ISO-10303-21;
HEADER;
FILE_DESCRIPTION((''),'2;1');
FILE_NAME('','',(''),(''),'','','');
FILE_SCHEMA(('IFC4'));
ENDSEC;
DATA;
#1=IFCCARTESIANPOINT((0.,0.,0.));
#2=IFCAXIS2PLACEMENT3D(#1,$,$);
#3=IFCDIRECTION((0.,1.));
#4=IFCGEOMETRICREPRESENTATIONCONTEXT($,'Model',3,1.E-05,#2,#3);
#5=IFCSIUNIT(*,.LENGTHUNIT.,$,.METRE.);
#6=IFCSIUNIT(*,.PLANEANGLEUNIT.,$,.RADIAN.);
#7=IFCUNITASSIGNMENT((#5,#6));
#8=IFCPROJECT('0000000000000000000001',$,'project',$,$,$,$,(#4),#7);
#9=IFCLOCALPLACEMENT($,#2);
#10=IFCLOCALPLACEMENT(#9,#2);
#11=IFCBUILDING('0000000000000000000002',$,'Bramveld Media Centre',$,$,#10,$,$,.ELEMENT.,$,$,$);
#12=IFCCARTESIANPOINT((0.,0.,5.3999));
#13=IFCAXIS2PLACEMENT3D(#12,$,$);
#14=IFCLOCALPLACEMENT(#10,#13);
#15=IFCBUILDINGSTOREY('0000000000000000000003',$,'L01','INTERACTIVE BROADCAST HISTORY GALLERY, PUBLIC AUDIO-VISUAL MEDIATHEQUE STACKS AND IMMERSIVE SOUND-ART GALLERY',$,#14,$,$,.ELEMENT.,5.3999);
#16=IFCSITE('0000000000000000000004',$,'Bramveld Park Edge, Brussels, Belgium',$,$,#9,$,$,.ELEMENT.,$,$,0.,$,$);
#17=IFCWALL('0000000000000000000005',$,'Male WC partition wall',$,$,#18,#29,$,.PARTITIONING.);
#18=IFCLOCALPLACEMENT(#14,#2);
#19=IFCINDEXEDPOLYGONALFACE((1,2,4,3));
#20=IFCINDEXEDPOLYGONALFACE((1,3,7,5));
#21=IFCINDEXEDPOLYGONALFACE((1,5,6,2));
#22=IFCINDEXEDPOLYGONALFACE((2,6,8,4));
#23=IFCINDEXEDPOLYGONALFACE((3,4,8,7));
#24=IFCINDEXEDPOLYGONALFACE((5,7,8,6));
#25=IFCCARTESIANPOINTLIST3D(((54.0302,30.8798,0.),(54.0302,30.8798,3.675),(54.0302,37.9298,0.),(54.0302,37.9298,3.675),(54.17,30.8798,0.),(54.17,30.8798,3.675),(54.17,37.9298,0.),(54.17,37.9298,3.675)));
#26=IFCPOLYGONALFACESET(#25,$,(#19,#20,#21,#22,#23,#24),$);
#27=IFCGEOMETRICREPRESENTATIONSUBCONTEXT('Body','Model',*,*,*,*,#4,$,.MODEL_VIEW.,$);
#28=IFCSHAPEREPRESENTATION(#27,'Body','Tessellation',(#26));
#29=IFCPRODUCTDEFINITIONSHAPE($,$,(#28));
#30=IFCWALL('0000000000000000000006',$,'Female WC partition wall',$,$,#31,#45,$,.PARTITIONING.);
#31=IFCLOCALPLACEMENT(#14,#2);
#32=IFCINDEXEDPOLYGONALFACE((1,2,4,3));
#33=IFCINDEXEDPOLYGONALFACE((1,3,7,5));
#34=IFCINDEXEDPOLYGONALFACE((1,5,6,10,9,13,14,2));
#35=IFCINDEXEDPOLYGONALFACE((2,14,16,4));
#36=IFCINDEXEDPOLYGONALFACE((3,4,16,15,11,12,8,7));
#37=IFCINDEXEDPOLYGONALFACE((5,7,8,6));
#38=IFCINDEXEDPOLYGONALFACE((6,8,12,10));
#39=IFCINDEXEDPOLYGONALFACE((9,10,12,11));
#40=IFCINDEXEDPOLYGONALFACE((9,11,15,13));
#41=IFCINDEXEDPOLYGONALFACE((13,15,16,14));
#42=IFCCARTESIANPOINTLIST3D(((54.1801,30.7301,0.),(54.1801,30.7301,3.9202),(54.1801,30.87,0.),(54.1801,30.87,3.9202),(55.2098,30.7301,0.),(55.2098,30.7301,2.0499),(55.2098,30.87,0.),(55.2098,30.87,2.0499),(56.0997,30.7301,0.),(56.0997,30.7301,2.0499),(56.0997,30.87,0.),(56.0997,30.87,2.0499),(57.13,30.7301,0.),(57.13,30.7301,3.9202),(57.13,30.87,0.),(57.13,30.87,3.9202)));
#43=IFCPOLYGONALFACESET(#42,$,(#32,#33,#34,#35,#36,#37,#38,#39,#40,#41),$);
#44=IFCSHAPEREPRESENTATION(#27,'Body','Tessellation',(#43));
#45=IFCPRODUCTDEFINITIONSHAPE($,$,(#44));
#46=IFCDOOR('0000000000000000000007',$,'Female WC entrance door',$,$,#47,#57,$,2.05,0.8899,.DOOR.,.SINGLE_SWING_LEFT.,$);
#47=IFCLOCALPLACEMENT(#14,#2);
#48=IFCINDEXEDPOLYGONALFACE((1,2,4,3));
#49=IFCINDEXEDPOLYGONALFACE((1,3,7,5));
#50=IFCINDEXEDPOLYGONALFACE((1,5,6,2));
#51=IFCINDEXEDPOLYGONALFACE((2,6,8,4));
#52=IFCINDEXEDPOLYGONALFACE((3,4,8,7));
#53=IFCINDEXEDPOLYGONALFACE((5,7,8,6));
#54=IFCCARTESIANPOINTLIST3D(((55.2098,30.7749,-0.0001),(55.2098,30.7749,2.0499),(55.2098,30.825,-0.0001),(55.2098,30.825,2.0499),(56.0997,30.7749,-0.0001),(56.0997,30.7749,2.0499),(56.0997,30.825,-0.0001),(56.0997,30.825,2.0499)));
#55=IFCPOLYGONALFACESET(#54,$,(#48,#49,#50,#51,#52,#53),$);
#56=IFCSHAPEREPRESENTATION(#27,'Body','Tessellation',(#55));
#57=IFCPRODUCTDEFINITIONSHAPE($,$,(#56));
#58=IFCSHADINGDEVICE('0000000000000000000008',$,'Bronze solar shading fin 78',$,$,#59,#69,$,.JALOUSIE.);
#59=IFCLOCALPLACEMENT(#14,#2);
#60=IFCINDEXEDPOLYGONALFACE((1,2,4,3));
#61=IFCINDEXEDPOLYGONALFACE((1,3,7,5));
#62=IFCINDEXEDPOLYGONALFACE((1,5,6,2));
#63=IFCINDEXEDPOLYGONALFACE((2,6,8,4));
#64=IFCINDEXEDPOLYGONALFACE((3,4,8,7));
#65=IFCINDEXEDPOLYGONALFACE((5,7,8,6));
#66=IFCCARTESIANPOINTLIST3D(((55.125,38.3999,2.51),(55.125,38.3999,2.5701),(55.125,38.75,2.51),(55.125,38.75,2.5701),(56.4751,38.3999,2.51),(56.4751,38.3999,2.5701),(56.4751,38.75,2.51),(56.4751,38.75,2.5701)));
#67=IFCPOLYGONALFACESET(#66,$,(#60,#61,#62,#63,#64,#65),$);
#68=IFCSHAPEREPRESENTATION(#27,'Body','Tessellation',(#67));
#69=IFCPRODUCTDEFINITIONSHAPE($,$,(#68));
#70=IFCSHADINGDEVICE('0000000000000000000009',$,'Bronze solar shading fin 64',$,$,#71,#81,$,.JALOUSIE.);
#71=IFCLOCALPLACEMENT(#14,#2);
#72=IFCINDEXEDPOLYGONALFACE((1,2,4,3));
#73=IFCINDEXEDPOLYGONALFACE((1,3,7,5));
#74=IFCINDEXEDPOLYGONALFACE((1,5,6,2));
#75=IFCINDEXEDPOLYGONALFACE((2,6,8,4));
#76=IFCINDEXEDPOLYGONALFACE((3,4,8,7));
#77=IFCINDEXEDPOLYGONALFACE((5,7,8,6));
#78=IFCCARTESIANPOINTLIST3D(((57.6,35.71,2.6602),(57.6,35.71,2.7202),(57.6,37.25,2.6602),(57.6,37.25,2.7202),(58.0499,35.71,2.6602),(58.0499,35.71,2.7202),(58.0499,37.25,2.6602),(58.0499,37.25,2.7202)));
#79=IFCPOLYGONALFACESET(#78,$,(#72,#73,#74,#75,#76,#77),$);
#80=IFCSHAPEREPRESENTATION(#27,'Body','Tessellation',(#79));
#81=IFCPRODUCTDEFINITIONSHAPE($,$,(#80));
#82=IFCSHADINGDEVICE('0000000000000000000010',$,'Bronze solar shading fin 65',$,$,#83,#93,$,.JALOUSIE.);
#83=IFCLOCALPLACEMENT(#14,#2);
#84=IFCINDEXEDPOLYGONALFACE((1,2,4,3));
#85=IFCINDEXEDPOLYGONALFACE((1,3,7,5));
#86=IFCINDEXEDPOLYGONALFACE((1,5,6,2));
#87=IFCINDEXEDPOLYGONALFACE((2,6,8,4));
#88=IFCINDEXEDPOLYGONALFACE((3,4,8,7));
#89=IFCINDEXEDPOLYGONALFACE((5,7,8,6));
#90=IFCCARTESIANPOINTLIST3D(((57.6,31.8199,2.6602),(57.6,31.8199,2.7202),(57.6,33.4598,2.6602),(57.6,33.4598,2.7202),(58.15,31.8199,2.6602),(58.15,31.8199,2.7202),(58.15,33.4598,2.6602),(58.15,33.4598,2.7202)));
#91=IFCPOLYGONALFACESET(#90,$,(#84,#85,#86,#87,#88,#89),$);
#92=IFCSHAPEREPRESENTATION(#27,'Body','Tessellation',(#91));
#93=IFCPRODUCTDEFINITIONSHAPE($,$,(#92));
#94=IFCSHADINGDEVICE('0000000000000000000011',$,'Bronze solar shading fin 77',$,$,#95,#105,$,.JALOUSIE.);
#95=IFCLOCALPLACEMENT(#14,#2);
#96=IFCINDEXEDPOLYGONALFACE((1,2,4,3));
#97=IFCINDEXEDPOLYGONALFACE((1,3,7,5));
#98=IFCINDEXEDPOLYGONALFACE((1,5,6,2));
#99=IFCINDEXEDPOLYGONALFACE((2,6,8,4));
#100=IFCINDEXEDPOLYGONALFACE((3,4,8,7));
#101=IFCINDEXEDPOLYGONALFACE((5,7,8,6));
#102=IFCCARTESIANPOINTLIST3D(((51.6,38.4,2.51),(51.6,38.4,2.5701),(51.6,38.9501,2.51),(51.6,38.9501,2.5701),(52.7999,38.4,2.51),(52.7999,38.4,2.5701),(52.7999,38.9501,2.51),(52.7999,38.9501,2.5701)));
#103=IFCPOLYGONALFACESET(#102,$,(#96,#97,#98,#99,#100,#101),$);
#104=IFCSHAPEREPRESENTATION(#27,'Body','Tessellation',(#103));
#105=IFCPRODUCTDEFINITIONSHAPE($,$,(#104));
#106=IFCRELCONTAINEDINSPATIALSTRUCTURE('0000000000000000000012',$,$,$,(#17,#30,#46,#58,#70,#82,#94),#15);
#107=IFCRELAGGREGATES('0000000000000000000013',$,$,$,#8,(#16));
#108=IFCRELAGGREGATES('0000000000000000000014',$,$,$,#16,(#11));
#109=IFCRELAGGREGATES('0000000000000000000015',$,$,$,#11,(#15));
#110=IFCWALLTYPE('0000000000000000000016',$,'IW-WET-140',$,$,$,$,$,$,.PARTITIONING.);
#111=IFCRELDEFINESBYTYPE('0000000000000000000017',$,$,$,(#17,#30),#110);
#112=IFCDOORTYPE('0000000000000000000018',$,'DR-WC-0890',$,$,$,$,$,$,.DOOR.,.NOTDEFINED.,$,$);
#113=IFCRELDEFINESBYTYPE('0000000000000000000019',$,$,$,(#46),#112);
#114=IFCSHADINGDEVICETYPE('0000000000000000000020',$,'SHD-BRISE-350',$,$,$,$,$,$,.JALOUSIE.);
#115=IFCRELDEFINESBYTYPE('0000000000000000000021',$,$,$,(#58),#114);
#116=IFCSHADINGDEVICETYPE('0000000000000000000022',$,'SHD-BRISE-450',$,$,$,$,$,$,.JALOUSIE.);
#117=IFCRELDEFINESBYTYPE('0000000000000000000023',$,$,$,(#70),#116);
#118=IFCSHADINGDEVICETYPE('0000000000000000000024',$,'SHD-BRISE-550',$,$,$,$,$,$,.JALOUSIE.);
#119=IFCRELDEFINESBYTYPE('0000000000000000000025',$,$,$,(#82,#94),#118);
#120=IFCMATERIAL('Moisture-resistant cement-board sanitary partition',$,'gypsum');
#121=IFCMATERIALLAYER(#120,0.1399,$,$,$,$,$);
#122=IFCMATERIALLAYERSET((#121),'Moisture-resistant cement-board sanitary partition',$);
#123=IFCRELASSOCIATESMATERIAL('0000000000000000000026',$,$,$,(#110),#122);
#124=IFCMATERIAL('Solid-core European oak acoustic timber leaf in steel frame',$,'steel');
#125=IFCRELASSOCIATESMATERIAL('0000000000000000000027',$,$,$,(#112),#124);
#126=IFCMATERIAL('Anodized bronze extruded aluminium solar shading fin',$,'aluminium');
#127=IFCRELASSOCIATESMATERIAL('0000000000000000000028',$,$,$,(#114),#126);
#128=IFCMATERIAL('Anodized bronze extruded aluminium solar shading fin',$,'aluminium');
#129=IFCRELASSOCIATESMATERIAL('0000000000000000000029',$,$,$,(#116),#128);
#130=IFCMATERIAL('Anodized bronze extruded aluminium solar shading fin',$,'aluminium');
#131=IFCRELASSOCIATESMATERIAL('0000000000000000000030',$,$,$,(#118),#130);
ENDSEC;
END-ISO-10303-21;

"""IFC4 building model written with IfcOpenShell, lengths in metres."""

from ifc_helpers import new_model, si_unit, direction, frame, frame_2d, origin, origin_2d, place, context, subcontext, project, spatial, rectangle, extrude, material, layer, layer_set, type_object, element, fill, save


model = new_model("IFC4")

# Units and contexts
model_context = context("Model", 3, precision=1e-05, world=origin(), true_north=direction((0.0, 1.0)))
body_context = subcontext(model_context, "Body", "Model", "MODEL_VIEW")
ifc_project = project(units=[si_unit("LENGTHUNIT", "METRE"), si_unit("PLANEANGLEUNIT", "RADIAN")], contexts=[model_context])

# Site, building, storey
site_placement = place(None, origin())
site = spatial("IfcSite", under=ifc_project, at=site_placement, Name="Bramveld Park Edge, Brussels, Belgium", CompositionType="ELEMENT", RefElevation=0.0)
building_placement = place(site_placement, origin())
building = spatial("IfcBuilding", under=site, at=building_placement, Name="Bramveld Media Centre", CompositionType="ELEMENT")
storey_placement = place(building_placement, frame((0.0, 0.0, 5.3999)))
storey = spatial("IfcBuildingStorey", under=building, at=storey_placement, Name="L01", Description="INTERACTIVE BROADCAST HISTORY GALLERY, PUBLIC AUDIO-VISUAL MEDIATHEQUE STACKS AND IMMERSIVE SOUND-ART GALLERY", CompositionType="ELEMENT", Elevation=5.3999)

# Shared definitions
ifc_material_1 = material(Name="Moisture-resistant cement-board sanitary partition", Category="gypsum")
ifc_layer_1 = layer(ifc_material_1, 0.1399)
ifc_layer_set_1 = layer_set([ifc_layer_1], Name="Moisture-resistant cement-board sanitary partition")
wall_type_1 = type_object("IfcWallType", Name="IW-WET-140", PredefinedType="PARTITIONING", material=ifc_layer_set_1)

# Wall
wall_1_placement = place(storey_placement, frame((54.1001, 30.8799, 0.0), z_axis=(0.0, 0.0, 1.0), x_axis=(0.0, 1.0, 0.0)))
element("IfcWall", 1, at=wall_1_placement, inside=storey, type_object=wall_type_1, Name="Male WC partition wall", PredefinedType="PARTITIONING", context=body_context, shape_type="SweptSolid", body=[
    extrude(rectangle(XDim=7.05, YDim=0.1399, at=frame_2d((3.5249, 0.0))), origin(), (0.0, 0.0, 1.0), 3.675),
])

# Wall, opening, door
wall_2_placement = place(storey_placement, frame((54.1799, 30.8, 0.0), z_axis=(0.0, 0.0, 1.0), x_axis=(1.0, 0.0, 0.0)))
wall_2 = element("IfcWall", 2, at=wall_2_placement, inside=storey, type_object=wall_type_1, Name="Female WC partition wall", PredefinedType="PARTITIONING", context=body_context, shape_type="SweptSolid", body=[
    extrude(rectangle(XDim=2.95, YDim=0.1399, at=frame_2d((1.4751, 0.0))), origin(), (0.0, 0.0, 1.0), 3.9202),
])
opening_1_placement = place(wall_2_placement, frame((1.03, 0.0, 0.0)))
opening_1 = element("IfcOpeningElement", 3, at=opening_1_placement, cuts=wall_2, PredefinedType="OPENING", context=body_context, shape_type="SweptSolid", body=[
    extrude(rectangle(XDim=0.8899, YDim=2.05, at=frame_2d((0.4448, 1.0249))), frame((0.0, 0.082, 0.0), z_axis=(0.0, -1.0, 0.0), x_axis=(1.0, 0.0, 0.0)), (0.0, 0.0, 1.0), 0.1638),
])
ifc_material_2 = material(Name="Solid-core European oak acoustic timber leaf in steel frame", Category="steel")
door_type_1 = type_object("IfcDoorType", Name="DR-WC-0890", OperationType="NOTDEFINED", PredefinedType="DOOR", material=ifc_material_2)
door_1_placement = place(opening_1_placement, origin())
door_1 = element("IfcDoor", 4, at=door_1_placement, inside=storey, type_object=door_type_1, Name="Female WC entrance door", OperationType="SINGLE_SWING_LEFT", OverallHeight=2.05, OverallWidth=0.8899, PredefinedType="DOOR", context=body_context, shape_type="SweptSolid", body=[
    extrude(rectangle(XDim=0.8899, YDim=2.05, at=frame_2d((0.4448, 1.0249))), frame((0.0, 0.0249, 0.0), z_axis=(0.0, -1.0, 0.0), x_axis=(1.0, 0.0, 0.0)), (0.0, 0.0, 1.0), 0.05),
])
fill(opening_1, door_1)

# Shading devices
ifc_material_3 = material(Name="Anodized bronze extruded aluminium solar shading fin", Category="aluminium")
shading_device_type_1 = type_object("IfcShadingDeviceType", Name="SHD-BRISE-350", PredefinedType="JALOUSIE", material=ifc_material_3)
shading_device_1_placement = place(storey_placement, frame((55.8, 38.575, 2.51), z_axis=(0.0, 0.0, 1.0), x_axis=(1.0, 0.0, 0.0)))
element("IfcShadingDevice", 5, at=shading_device_1_placement, inside=storey, type_object=shading_device_type_1, Name="Bronze solar shading fin 78", PredefinedType="JALOUSIE", context=body_context, shape_type="SweptSolid", body=[
    extrude(rectangle(XDim=1.3501, YDim=0.3501, at=origin_2d()), origin(), (0.0, 0.0, 1.0), 0.0601),
])
ifc_material_4 = material(Name="Anodized bronze extruded aluminium solar shading fin", Category="aluminium")
shading_device_type_2 = type_object("IfcShadingDeviceType", Name="SHD-BRISE-450", PredefinedType="JALOUSIE", material=ifc_material_4)
shading_device_2_placement = place(storey_placement, frame((57.825, 36.48, 2.6602), z_axis=(0.0, 0.0, 1.0), x_axis=(1.0, 0.0, 0.0)))
element("IfcShadingDevice", 6, at=shading_device_2_placement, inside=storey, type_object=shading_device_type_2, Name="Bronze solar shading fin 64", PredefinedType="JALOUSIE", context=body_context, shape_type="SweptSolid", body=[
    extrude(rectangle(XDim=0.45, YDim=1.54, at=origin_2d()), origin(), (0.0, 0.0, 1.0), 0.0601),
])
ifc_material_5 = material(Name="Anodized bronze extruded aluminium solar shading fin", Category="aluminium")
shading_device_type_3 = type_object("IfcShadingDeviceType", Name="SHD-BRISE-550", PredefinedType="JALOUSIE", material=ifc_material_5)
shading_device_3_placement = place(storey_placement, frame((57.875, 32.6399, 2.6602), z_axis=(0.0, 0.0, 1.0), x_axis=(1.0, 0.0, 0.0)))
element("IfcShadingDevice", 7, at=shading_device_3_placement, inside=storey, type_object=shading_device_type_3, Name="Bronze solar shading fin 65", PredefinedType="JALOUSIE", context=body_context, shape_type="SweptSolid", body=[
    extrude(rectangle(XDim=0.55, YDim=1.6399, at=origin_2d()), origin(), (0.0, 0.0, 1.0), 0.0601),
])
shading_device_4_placement = place(storey_placement, frame((52.2, 38.675, 2.51), z_axis=(0.0, 0.0, 1.0), x_axis=(1.0, 0.0, 0.0)))
element("IfcShadingDevice", 8, at=shading_device_4_placement, inside=storey, type_object=shading_device_type_3, Name="Bronze solar shading fin 77", PredefinedType="JALOUSIE", context=body_context, shape_type="SweptSolid", body=[
    extrude(rectangle(XDim=1.2, YDim=0.55, at=origin_2d()), origin(), (0.0, 0.0, 1.0), 0.0601),
])

save(model, "model.ifc")
